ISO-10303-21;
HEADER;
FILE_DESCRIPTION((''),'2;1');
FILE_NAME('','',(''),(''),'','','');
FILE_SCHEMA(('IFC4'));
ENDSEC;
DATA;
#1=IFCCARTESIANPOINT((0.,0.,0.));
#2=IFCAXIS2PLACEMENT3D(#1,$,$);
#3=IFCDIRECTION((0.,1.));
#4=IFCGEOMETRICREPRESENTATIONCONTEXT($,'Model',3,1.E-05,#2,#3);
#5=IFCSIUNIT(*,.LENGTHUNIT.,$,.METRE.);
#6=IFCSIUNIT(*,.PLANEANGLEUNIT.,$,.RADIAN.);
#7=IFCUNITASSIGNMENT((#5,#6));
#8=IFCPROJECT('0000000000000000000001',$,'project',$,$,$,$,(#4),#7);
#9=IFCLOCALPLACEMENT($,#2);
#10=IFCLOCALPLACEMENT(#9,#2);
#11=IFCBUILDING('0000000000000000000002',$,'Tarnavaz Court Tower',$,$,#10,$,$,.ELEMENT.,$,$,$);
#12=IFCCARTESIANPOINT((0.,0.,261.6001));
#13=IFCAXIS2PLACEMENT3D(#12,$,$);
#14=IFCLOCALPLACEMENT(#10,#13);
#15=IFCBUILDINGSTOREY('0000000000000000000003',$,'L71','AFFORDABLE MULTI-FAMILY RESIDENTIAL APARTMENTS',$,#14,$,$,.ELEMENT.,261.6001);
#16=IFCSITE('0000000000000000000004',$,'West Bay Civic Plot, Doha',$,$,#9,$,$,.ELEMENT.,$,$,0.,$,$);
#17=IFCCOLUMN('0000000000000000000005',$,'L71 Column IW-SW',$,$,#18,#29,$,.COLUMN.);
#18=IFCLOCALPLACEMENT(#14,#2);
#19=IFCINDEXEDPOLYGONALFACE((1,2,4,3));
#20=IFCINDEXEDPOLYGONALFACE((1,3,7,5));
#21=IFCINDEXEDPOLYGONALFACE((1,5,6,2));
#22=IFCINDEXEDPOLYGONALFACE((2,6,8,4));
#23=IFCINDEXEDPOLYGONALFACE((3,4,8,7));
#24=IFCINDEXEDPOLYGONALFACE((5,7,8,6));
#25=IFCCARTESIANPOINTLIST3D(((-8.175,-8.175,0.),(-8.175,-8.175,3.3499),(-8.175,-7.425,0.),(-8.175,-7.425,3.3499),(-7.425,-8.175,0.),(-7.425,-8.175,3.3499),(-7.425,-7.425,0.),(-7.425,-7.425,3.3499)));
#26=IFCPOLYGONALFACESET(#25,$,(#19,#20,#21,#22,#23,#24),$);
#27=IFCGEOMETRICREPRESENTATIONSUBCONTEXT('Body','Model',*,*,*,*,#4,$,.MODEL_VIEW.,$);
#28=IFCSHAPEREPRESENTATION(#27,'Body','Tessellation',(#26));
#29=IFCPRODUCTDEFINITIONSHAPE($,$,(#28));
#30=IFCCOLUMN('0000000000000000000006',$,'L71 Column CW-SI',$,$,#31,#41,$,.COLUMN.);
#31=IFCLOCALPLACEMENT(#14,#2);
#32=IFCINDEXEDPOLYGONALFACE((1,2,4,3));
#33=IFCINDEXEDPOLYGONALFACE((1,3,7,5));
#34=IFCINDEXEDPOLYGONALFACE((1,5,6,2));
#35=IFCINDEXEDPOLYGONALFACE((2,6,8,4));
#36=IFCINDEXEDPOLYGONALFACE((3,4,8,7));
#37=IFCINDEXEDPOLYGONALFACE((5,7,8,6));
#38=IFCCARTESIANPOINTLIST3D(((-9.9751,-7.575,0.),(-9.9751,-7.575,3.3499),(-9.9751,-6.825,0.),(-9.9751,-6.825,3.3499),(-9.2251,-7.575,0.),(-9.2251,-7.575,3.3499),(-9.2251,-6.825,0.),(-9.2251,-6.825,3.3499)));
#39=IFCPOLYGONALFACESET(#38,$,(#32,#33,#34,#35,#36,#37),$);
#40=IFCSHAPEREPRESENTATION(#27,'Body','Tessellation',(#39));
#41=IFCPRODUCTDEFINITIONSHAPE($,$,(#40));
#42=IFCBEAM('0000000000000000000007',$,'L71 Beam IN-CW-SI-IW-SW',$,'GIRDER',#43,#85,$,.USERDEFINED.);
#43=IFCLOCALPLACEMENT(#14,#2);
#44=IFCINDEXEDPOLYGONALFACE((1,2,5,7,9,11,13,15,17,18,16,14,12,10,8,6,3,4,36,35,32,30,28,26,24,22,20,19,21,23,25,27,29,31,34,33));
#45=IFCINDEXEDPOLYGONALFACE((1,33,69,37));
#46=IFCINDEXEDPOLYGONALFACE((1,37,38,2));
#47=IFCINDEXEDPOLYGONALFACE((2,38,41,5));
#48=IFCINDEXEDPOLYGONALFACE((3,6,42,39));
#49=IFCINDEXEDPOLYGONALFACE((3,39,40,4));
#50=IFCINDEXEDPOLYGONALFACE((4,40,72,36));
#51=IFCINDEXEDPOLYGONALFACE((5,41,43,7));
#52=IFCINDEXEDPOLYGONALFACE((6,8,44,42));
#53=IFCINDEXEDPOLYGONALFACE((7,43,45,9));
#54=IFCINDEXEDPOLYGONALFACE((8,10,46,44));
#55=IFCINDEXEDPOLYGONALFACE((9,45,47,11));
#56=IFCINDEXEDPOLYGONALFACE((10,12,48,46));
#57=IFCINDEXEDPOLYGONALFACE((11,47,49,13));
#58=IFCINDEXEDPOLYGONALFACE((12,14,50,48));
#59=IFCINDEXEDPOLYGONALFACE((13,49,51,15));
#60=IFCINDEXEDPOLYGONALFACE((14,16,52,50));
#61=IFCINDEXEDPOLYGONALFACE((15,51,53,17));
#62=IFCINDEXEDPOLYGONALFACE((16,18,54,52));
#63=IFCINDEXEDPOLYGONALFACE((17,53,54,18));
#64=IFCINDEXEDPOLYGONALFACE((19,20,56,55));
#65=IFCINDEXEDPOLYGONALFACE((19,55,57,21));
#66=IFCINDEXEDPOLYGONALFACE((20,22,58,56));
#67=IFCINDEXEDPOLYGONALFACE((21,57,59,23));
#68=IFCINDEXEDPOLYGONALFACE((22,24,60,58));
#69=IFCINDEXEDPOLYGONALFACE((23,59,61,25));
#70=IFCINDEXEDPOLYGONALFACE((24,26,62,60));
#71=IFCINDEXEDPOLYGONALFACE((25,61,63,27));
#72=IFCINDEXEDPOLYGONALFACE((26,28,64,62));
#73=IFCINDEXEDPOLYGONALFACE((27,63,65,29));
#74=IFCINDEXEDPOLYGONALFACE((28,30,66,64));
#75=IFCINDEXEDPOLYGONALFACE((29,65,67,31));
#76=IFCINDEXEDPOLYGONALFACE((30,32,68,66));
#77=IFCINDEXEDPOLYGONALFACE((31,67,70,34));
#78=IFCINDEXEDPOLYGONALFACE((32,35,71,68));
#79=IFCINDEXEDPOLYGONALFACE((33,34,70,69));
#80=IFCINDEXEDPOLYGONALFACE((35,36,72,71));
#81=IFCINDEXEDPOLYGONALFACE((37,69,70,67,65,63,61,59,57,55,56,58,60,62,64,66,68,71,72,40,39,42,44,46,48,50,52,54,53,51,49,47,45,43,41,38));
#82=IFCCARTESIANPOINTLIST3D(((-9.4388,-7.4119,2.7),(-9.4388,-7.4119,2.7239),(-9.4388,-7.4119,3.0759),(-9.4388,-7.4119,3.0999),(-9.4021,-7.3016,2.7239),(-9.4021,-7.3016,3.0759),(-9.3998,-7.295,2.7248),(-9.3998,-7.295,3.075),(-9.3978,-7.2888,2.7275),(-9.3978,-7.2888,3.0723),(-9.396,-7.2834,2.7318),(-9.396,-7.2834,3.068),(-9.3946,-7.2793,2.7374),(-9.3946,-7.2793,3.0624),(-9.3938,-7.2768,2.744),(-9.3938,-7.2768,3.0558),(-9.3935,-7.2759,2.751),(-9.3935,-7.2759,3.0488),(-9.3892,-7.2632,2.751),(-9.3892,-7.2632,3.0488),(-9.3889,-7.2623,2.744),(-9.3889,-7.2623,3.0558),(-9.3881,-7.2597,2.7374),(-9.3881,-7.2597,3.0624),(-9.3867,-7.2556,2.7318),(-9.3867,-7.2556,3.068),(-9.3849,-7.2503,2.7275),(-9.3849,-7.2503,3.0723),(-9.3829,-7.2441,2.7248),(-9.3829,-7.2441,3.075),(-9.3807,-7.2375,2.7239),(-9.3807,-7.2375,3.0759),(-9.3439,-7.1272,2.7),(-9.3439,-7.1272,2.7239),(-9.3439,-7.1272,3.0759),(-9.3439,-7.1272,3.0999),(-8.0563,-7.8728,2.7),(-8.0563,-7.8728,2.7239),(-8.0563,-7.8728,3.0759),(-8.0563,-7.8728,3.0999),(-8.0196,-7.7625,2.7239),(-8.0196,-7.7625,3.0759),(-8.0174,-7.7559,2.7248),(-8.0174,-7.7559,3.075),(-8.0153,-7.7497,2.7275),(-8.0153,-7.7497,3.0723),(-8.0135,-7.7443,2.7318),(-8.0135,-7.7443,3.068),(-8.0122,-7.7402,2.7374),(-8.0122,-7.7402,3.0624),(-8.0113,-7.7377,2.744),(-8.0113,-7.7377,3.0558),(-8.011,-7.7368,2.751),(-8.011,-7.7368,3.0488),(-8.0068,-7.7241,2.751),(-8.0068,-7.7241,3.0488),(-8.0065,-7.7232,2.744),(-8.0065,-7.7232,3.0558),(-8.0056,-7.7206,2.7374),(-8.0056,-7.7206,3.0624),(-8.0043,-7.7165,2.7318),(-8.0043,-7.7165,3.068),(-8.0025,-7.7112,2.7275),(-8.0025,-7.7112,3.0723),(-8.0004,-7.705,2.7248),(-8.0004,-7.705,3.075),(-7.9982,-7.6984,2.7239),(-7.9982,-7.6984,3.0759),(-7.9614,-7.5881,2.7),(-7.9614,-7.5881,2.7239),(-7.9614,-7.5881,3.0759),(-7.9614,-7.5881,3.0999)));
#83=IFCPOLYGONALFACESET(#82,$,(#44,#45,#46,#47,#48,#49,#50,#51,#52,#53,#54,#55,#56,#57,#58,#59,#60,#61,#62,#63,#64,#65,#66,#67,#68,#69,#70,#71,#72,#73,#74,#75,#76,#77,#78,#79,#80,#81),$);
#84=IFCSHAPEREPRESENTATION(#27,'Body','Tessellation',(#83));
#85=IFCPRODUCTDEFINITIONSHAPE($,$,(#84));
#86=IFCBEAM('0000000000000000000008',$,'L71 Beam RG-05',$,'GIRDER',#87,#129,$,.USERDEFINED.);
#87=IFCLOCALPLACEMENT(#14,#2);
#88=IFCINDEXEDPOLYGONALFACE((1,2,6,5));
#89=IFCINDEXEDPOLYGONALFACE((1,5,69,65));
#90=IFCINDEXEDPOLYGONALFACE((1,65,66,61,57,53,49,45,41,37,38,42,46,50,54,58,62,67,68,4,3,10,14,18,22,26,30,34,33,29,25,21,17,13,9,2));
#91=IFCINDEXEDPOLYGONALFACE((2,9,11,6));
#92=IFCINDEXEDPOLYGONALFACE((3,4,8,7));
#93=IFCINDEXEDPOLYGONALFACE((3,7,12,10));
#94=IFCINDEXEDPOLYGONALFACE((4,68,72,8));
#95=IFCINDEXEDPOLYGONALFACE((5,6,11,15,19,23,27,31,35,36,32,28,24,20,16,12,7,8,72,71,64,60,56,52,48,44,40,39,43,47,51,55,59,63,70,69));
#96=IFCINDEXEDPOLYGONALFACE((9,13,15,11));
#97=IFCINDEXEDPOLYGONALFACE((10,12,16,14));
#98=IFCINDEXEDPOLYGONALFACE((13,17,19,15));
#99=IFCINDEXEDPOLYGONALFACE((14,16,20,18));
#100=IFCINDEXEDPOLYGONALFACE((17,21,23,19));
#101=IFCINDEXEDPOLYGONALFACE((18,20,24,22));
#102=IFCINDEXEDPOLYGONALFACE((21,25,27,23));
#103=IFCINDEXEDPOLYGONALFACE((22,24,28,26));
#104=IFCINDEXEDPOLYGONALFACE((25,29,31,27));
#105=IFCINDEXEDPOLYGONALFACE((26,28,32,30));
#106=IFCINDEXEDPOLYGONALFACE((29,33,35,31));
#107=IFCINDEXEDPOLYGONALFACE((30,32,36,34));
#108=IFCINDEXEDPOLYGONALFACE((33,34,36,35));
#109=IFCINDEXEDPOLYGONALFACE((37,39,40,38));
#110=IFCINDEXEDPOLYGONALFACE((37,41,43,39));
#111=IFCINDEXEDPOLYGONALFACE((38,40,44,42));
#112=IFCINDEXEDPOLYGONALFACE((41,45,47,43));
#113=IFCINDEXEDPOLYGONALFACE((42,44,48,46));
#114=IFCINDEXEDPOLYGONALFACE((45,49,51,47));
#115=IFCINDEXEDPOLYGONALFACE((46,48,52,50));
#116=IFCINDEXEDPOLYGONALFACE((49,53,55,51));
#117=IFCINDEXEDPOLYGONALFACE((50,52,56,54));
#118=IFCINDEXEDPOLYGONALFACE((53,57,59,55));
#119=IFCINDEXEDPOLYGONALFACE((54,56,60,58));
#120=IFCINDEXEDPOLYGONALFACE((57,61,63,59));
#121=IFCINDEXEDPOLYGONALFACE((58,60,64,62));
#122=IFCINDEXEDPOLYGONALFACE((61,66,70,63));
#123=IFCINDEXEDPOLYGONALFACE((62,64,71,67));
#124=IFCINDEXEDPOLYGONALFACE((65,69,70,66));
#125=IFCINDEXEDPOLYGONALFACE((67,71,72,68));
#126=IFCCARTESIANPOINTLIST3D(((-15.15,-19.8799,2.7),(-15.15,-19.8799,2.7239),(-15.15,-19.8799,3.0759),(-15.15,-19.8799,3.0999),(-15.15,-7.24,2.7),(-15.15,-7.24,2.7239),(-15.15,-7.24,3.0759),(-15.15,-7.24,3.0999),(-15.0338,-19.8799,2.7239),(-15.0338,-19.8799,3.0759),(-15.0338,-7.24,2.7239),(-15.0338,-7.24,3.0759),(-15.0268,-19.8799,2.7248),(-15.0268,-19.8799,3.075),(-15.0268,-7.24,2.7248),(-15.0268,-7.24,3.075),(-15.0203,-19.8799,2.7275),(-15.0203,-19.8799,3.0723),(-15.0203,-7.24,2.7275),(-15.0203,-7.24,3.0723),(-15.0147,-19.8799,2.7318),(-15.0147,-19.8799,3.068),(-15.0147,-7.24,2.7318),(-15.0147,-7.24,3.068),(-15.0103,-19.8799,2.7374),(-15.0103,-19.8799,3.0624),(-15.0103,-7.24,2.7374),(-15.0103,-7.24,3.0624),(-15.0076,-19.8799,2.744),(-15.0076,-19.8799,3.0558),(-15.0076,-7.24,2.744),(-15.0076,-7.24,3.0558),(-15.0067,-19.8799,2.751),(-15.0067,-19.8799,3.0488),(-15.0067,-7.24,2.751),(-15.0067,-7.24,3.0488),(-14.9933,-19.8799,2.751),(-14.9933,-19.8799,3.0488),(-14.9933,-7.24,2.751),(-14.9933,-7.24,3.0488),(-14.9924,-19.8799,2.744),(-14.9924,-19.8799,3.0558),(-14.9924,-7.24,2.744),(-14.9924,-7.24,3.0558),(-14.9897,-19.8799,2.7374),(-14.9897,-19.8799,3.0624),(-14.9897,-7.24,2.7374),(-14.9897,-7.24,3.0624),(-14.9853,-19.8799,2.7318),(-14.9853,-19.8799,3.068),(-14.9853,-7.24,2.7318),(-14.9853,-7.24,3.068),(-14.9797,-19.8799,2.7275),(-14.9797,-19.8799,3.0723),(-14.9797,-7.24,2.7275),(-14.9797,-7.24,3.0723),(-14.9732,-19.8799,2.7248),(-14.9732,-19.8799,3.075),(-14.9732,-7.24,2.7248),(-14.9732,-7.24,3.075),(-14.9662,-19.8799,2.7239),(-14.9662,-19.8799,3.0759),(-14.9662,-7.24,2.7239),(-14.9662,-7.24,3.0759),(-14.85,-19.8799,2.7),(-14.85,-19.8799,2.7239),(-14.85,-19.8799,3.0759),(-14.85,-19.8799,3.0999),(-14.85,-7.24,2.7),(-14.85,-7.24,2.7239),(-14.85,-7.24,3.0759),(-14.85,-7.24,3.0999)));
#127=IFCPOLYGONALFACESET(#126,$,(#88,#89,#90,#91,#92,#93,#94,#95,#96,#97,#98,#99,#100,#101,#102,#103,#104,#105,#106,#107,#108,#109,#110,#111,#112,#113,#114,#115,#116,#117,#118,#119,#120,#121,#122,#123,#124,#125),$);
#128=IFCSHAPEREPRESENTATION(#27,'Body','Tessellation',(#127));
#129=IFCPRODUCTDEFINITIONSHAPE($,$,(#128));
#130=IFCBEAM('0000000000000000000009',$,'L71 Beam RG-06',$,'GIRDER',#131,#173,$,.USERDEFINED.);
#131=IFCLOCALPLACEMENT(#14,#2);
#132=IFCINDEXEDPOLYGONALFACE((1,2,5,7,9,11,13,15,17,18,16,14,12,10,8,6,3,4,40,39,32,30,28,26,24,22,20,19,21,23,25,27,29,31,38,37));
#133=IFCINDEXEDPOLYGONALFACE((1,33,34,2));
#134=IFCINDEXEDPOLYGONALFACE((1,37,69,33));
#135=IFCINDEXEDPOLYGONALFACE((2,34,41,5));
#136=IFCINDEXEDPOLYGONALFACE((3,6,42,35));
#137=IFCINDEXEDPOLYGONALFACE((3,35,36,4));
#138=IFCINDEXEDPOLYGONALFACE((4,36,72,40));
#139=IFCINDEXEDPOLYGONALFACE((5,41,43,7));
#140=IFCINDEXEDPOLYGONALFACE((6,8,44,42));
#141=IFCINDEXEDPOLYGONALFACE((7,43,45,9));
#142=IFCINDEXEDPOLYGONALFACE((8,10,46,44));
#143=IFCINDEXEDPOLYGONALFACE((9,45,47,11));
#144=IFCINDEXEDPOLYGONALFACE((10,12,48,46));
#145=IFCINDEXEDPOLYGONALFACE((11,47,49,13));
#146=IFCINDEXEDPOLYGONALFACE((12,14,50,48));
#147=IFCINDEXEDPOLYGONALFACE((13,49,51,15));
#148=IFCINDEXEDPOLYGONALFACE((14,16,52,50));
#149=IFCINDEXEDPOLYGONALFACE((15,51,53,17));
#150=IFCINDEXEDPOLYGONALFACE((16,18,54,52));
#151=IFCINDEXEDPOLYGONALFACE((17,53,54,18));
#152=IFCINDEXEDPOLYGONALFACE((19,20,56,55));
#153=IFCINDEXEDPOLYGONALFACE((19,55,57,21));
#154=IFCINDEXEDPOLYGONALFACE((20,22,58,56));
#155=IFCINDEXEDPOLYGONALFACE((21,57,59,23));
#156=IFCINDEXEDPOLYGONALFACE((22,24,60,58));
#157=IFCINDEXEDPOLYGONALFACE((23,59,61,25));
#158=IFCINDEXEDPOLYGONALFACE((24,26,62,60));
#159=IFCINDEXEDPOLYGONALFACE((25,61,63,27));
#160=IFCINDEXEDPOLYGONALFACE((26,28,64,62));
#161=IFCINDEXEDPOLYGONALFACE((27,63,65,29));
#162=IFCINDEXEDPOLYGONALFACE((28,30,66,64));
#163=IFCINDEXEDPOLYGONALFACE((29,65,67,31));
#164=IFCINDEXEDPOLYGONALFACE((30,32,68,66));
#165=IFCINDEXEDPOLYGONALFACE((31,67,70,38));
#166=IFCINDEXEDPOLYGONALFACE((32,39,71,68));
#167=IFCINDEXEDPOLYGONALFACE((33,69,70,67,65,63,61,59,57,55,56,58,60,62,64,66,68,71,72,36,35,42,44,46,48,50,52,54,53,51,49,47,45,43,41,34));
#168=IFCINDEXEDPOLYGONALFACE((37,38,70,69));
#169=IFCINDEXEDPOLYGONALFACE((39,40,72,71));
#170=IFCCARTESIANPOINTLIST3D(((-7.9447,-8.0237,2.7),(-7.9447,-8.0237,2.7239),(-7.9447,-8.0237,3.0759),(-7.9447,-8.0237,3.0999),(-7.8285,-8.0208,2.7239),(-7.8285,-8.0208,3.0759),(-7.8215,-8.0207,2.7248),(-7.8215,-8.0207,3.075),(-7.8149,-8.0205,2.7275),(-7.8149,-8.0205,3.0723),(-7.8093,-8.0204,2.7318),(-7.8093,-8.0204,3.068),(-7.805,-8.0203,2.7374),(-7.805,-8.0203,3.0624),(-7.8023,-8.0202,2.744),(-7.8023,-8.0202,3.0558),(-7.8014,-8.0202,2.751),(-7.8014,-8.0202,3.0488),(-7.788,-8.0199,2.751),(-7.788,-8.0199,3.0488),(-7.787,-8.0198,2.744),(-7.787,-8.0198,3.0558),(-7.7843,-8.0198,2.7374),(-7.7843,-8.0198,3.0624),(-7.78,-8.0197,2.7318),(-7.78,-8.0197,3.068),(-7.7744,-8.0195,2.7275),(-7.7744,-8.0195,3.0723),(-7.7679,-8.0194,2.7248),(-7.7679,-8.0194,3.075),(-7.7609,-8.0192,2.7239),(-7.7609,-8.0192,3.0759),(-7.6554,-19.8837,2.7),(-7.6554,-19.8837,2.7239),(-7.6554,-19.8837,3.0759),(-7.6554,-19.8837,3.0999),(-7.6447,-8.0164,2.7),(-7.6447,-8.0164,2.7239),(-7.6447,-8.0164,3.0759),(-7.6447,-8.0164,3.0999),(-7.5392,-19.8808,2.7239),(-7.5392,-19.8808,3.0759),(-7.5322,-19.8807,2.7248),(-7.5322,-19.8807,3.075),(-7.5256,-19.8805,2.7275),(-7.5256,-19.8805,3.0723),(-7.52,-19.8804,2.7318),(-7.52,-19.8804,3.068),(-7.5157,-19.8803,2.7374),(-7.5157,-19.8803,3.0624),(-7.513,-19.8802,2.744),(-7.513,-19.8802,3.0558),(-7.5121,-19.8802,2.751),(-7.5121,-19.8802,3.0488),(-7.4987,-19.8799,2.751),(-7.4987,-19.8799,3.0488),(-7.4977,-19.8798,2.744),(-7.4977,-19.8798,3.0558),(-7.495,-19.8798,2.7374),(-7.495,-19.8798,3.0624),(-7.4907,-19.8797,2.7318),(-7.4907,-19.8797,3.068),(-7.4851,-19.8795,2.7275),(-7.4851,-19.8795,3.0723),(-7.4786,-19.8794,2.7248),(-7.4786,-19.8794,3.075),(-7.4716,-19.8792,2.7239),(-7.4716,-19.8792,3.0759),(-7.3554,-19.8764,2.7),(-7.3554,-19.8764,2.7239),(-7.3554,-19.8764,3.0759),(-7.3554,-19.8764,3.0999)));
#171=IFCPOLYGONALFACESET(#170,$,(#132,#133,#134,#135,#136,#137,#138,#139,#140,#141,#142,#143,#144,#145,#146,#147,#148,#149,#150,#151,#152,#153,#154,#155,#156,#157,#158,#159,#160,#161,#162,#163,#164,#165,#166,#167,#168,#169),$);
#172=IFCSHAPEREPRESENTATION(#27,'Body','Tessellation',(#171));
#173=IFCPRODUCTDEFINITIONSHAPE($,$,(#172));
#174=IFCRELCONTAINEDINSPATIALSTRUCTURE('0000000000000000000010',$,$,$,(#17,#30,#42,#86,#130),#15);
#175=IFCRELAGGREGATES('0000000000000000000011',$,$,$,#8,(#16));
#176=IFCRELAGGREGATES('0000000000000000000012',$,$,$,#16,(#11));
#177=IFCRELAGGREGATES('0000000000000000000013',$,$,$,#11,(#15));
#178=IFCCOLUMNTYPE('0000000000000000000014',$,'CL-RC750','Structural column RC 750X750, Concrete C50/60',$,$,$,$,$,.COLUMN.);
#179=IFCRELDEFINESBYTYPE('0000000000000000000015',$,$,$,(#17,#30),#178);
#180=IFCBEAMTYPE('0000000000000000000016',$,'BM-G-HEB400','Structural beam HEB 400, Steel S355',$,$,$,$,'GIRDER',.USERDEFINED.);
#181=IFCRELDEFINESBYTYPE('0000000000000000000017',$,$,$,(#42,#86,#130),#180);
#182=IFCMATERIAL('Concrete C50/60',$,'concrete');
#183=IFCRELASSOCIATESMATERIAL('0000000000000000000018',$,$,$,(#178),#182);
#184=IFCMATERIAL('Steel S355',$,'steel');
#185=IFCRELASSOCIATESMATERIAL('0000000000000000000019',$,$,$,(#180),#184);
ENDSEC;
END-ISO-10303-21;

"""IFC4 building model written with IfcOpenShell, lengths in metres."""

from ifc_helpers import new_model, si_unit, direction, frame, origin, origin_2d, place, context, subcontext, project, spatial, rectangle, i_section, extrude, material, material_profile, profile_set, type_object, element, save


model = new_model("IFC4")

# Units and contexts
model_context = context("Model", 3, precision=1e-05, world=origin(), true_north=direction((0.0, 1.0)))
body_context = subcontext(model_context, "Body", "Model", "MODEL_VIEW")
ifc_project = project(units=[si_unit("LENGTHUNIT", "METRE"), si_unit("PLANEANGLEUNIT", "RADIAN")], contexts=[model_context])

# Site, building, storey
site_placement = place(None, origin())
site = spatial("IfcSite", under=ifc_project, at=site_placement, Name="West Bay Civic Plot, Doha", CompositionType="ELEMENT", RefElevation=0.0)
building_placement = place(site_placement, origin())
building = spatial("IfcBuilding", under=site, at=building_placement, Name="Tarnavaz Court Tower", CompositionType="ELEMENT")
storey_placement = place(building_placement, frame((0.0, 0.0, 261.6001)))
storey = spatial("IfcBuildingStorey", under=building, at=storey_placement, Name="L71", Description="AFFORDABLE MULTI-FAMILY RESIDENTIAL APARTMENTS", CompositionType="ELEMENT", Elevation=261.6001)

# Columns
ifc_material_1 = material(Name="Concrete C50/60", Category="concrete")
ifc_material_profile_1 = material_profile(ifc_material_1, rectangle(XDim=0.75, YDim=0.75, at=origin_2d()), Name="RC 750X750")
ifc_profile_set_1 = profile_set([ifc_material_profile_1], Name="Concrete C50/60")
column_type = type_object("IfcColumnType", Name="CL-RC750", Description="Structural column RC 750X750, Concrete C50/60", PredefinedType="COLUMN", material=ifc_profile_set_1)
for number, where, z_axis, x_axis, name in (
    (1, (-7.8, -7.8, 0.0), (0.0, 0.0, 1.0), (1.0, 0.0, 0.0), "L71 Column IW-SW"),
    (2, (-9.6001, -7.2, 0.0), (0.0, 0.0, 1.0), (1.0, 0.0, 0.0), "L71 Column CW-SI"),
):
    element("IfcColumn", number, at=place(storey_placement, frame(where, z_axis=z_axis, x_axis=x_axis)), inside=storey, type_object=column_type, Name=name, PredefinedType="COLUMN", context=body_context, shape_type="SweptSolid", body=[
        extrude(rectangle(XDim=0.75, YDim=0.75, at=origin_2d()), origin(), (0.0, 0.0, 1.0), 3.3499),
    ])

# Beams
ifc_material_2 = material(Name="Steel S355", Category="steel")
ifc_material_profile_2 = material_profile(ifc_material_2, i_section(OverallWidth=0.3, OverallDepth=0.3999, WebThickness=0.0134, FlangeThickness=0.0239, FilletRadius=0.0271, at=origin_2d()), Name="HEB 400")
ifc_profile_set_2 = profile_set([ifc_material_profile_2], Name="Steel S355")
beam_type_1 = type_object("IfcBeamType", Name="BM-G-HEB400", Description="Structural beam HEB 400, Steel S355", ElementType="GIRDER", PredefinedType="USERDEFINED", material=ifc_profile_set_2)
beam_1_placement = place(storey_placement, frame((-9.3914, -7.2695, 2.8999), z_axis=(0.948667, -0.316278, 0.0), x_axis=(0.316278, 0.948667, 0.0)))
element("IfcBeam", 3, at=beam_1_placement, inside=storey, type_object=beam_type_1, Name="L71 Beam IN-CW-SI-IW-SW", ObjectType="GIRDER", PredefinedType="USERDEFINED", context=body_context, shape_type="SweptSolid", body=[
    extrude(i_section(OverallWidth=0.3, OverallDepth=0.3999, WebThickness=0.0134, FlangeThickness=0.0239, FilletRadius=0.0271, at=origin_2d()), origin(), (0.0, 0.0, 1.0), 1.4573),
])
beam_2_placement = place(storey_placement, frame((-15.0, -7.24, 2.8999), z_axis=(0.0, -1.0, 0.0), x_axis=(1.0, 0.0, 0.0)))
element("IfcBeam", 4, at=beam_2_placement, inside=storey, type_object=beam_type_1, Name="L71 Beam RG-05", ObjectType="GIRDER", PredefinedType="USERDEFINED", context=body_context, shape_type="SweptSolid", body=[
    extrude(i_section(OverallWidth=0.3, OverallDepth=0.3999, WebThickness=0.0134, FlangeThickness=0.0239, FilletRadius=0.0271, at=origin_2d()), origin(), (0.0, 0.0, 1.0), 12.6399),
])
beam_3_placement = place(storey_placement, frame((-7.7947, -8.02, 2.8999), z_axis=(0.024386, -0.999703, 0.0), x_axis=(0.999703, 0.024386, 0.0)))
element("IfcBeam", 5, at=beam_3_placement, inside=storey, type_object=beam_type_1, Name="L71 Beam RG-06", ObjectType="GIRDER", PredefinedType="USERDEFINED", context=body_context, shape_type="SweptSolid", body=[
    extrude(i_section(OverallWidth=0.3, OverallDepth=0.3999, WebThickness=0.0134, FlangeThickness=0.0239, FilletRadius=0.0271, at=origin_2d()), origin(), (0.0, 0.0, 1.0), 11.8635),
])

save(model, "model.ifc")
